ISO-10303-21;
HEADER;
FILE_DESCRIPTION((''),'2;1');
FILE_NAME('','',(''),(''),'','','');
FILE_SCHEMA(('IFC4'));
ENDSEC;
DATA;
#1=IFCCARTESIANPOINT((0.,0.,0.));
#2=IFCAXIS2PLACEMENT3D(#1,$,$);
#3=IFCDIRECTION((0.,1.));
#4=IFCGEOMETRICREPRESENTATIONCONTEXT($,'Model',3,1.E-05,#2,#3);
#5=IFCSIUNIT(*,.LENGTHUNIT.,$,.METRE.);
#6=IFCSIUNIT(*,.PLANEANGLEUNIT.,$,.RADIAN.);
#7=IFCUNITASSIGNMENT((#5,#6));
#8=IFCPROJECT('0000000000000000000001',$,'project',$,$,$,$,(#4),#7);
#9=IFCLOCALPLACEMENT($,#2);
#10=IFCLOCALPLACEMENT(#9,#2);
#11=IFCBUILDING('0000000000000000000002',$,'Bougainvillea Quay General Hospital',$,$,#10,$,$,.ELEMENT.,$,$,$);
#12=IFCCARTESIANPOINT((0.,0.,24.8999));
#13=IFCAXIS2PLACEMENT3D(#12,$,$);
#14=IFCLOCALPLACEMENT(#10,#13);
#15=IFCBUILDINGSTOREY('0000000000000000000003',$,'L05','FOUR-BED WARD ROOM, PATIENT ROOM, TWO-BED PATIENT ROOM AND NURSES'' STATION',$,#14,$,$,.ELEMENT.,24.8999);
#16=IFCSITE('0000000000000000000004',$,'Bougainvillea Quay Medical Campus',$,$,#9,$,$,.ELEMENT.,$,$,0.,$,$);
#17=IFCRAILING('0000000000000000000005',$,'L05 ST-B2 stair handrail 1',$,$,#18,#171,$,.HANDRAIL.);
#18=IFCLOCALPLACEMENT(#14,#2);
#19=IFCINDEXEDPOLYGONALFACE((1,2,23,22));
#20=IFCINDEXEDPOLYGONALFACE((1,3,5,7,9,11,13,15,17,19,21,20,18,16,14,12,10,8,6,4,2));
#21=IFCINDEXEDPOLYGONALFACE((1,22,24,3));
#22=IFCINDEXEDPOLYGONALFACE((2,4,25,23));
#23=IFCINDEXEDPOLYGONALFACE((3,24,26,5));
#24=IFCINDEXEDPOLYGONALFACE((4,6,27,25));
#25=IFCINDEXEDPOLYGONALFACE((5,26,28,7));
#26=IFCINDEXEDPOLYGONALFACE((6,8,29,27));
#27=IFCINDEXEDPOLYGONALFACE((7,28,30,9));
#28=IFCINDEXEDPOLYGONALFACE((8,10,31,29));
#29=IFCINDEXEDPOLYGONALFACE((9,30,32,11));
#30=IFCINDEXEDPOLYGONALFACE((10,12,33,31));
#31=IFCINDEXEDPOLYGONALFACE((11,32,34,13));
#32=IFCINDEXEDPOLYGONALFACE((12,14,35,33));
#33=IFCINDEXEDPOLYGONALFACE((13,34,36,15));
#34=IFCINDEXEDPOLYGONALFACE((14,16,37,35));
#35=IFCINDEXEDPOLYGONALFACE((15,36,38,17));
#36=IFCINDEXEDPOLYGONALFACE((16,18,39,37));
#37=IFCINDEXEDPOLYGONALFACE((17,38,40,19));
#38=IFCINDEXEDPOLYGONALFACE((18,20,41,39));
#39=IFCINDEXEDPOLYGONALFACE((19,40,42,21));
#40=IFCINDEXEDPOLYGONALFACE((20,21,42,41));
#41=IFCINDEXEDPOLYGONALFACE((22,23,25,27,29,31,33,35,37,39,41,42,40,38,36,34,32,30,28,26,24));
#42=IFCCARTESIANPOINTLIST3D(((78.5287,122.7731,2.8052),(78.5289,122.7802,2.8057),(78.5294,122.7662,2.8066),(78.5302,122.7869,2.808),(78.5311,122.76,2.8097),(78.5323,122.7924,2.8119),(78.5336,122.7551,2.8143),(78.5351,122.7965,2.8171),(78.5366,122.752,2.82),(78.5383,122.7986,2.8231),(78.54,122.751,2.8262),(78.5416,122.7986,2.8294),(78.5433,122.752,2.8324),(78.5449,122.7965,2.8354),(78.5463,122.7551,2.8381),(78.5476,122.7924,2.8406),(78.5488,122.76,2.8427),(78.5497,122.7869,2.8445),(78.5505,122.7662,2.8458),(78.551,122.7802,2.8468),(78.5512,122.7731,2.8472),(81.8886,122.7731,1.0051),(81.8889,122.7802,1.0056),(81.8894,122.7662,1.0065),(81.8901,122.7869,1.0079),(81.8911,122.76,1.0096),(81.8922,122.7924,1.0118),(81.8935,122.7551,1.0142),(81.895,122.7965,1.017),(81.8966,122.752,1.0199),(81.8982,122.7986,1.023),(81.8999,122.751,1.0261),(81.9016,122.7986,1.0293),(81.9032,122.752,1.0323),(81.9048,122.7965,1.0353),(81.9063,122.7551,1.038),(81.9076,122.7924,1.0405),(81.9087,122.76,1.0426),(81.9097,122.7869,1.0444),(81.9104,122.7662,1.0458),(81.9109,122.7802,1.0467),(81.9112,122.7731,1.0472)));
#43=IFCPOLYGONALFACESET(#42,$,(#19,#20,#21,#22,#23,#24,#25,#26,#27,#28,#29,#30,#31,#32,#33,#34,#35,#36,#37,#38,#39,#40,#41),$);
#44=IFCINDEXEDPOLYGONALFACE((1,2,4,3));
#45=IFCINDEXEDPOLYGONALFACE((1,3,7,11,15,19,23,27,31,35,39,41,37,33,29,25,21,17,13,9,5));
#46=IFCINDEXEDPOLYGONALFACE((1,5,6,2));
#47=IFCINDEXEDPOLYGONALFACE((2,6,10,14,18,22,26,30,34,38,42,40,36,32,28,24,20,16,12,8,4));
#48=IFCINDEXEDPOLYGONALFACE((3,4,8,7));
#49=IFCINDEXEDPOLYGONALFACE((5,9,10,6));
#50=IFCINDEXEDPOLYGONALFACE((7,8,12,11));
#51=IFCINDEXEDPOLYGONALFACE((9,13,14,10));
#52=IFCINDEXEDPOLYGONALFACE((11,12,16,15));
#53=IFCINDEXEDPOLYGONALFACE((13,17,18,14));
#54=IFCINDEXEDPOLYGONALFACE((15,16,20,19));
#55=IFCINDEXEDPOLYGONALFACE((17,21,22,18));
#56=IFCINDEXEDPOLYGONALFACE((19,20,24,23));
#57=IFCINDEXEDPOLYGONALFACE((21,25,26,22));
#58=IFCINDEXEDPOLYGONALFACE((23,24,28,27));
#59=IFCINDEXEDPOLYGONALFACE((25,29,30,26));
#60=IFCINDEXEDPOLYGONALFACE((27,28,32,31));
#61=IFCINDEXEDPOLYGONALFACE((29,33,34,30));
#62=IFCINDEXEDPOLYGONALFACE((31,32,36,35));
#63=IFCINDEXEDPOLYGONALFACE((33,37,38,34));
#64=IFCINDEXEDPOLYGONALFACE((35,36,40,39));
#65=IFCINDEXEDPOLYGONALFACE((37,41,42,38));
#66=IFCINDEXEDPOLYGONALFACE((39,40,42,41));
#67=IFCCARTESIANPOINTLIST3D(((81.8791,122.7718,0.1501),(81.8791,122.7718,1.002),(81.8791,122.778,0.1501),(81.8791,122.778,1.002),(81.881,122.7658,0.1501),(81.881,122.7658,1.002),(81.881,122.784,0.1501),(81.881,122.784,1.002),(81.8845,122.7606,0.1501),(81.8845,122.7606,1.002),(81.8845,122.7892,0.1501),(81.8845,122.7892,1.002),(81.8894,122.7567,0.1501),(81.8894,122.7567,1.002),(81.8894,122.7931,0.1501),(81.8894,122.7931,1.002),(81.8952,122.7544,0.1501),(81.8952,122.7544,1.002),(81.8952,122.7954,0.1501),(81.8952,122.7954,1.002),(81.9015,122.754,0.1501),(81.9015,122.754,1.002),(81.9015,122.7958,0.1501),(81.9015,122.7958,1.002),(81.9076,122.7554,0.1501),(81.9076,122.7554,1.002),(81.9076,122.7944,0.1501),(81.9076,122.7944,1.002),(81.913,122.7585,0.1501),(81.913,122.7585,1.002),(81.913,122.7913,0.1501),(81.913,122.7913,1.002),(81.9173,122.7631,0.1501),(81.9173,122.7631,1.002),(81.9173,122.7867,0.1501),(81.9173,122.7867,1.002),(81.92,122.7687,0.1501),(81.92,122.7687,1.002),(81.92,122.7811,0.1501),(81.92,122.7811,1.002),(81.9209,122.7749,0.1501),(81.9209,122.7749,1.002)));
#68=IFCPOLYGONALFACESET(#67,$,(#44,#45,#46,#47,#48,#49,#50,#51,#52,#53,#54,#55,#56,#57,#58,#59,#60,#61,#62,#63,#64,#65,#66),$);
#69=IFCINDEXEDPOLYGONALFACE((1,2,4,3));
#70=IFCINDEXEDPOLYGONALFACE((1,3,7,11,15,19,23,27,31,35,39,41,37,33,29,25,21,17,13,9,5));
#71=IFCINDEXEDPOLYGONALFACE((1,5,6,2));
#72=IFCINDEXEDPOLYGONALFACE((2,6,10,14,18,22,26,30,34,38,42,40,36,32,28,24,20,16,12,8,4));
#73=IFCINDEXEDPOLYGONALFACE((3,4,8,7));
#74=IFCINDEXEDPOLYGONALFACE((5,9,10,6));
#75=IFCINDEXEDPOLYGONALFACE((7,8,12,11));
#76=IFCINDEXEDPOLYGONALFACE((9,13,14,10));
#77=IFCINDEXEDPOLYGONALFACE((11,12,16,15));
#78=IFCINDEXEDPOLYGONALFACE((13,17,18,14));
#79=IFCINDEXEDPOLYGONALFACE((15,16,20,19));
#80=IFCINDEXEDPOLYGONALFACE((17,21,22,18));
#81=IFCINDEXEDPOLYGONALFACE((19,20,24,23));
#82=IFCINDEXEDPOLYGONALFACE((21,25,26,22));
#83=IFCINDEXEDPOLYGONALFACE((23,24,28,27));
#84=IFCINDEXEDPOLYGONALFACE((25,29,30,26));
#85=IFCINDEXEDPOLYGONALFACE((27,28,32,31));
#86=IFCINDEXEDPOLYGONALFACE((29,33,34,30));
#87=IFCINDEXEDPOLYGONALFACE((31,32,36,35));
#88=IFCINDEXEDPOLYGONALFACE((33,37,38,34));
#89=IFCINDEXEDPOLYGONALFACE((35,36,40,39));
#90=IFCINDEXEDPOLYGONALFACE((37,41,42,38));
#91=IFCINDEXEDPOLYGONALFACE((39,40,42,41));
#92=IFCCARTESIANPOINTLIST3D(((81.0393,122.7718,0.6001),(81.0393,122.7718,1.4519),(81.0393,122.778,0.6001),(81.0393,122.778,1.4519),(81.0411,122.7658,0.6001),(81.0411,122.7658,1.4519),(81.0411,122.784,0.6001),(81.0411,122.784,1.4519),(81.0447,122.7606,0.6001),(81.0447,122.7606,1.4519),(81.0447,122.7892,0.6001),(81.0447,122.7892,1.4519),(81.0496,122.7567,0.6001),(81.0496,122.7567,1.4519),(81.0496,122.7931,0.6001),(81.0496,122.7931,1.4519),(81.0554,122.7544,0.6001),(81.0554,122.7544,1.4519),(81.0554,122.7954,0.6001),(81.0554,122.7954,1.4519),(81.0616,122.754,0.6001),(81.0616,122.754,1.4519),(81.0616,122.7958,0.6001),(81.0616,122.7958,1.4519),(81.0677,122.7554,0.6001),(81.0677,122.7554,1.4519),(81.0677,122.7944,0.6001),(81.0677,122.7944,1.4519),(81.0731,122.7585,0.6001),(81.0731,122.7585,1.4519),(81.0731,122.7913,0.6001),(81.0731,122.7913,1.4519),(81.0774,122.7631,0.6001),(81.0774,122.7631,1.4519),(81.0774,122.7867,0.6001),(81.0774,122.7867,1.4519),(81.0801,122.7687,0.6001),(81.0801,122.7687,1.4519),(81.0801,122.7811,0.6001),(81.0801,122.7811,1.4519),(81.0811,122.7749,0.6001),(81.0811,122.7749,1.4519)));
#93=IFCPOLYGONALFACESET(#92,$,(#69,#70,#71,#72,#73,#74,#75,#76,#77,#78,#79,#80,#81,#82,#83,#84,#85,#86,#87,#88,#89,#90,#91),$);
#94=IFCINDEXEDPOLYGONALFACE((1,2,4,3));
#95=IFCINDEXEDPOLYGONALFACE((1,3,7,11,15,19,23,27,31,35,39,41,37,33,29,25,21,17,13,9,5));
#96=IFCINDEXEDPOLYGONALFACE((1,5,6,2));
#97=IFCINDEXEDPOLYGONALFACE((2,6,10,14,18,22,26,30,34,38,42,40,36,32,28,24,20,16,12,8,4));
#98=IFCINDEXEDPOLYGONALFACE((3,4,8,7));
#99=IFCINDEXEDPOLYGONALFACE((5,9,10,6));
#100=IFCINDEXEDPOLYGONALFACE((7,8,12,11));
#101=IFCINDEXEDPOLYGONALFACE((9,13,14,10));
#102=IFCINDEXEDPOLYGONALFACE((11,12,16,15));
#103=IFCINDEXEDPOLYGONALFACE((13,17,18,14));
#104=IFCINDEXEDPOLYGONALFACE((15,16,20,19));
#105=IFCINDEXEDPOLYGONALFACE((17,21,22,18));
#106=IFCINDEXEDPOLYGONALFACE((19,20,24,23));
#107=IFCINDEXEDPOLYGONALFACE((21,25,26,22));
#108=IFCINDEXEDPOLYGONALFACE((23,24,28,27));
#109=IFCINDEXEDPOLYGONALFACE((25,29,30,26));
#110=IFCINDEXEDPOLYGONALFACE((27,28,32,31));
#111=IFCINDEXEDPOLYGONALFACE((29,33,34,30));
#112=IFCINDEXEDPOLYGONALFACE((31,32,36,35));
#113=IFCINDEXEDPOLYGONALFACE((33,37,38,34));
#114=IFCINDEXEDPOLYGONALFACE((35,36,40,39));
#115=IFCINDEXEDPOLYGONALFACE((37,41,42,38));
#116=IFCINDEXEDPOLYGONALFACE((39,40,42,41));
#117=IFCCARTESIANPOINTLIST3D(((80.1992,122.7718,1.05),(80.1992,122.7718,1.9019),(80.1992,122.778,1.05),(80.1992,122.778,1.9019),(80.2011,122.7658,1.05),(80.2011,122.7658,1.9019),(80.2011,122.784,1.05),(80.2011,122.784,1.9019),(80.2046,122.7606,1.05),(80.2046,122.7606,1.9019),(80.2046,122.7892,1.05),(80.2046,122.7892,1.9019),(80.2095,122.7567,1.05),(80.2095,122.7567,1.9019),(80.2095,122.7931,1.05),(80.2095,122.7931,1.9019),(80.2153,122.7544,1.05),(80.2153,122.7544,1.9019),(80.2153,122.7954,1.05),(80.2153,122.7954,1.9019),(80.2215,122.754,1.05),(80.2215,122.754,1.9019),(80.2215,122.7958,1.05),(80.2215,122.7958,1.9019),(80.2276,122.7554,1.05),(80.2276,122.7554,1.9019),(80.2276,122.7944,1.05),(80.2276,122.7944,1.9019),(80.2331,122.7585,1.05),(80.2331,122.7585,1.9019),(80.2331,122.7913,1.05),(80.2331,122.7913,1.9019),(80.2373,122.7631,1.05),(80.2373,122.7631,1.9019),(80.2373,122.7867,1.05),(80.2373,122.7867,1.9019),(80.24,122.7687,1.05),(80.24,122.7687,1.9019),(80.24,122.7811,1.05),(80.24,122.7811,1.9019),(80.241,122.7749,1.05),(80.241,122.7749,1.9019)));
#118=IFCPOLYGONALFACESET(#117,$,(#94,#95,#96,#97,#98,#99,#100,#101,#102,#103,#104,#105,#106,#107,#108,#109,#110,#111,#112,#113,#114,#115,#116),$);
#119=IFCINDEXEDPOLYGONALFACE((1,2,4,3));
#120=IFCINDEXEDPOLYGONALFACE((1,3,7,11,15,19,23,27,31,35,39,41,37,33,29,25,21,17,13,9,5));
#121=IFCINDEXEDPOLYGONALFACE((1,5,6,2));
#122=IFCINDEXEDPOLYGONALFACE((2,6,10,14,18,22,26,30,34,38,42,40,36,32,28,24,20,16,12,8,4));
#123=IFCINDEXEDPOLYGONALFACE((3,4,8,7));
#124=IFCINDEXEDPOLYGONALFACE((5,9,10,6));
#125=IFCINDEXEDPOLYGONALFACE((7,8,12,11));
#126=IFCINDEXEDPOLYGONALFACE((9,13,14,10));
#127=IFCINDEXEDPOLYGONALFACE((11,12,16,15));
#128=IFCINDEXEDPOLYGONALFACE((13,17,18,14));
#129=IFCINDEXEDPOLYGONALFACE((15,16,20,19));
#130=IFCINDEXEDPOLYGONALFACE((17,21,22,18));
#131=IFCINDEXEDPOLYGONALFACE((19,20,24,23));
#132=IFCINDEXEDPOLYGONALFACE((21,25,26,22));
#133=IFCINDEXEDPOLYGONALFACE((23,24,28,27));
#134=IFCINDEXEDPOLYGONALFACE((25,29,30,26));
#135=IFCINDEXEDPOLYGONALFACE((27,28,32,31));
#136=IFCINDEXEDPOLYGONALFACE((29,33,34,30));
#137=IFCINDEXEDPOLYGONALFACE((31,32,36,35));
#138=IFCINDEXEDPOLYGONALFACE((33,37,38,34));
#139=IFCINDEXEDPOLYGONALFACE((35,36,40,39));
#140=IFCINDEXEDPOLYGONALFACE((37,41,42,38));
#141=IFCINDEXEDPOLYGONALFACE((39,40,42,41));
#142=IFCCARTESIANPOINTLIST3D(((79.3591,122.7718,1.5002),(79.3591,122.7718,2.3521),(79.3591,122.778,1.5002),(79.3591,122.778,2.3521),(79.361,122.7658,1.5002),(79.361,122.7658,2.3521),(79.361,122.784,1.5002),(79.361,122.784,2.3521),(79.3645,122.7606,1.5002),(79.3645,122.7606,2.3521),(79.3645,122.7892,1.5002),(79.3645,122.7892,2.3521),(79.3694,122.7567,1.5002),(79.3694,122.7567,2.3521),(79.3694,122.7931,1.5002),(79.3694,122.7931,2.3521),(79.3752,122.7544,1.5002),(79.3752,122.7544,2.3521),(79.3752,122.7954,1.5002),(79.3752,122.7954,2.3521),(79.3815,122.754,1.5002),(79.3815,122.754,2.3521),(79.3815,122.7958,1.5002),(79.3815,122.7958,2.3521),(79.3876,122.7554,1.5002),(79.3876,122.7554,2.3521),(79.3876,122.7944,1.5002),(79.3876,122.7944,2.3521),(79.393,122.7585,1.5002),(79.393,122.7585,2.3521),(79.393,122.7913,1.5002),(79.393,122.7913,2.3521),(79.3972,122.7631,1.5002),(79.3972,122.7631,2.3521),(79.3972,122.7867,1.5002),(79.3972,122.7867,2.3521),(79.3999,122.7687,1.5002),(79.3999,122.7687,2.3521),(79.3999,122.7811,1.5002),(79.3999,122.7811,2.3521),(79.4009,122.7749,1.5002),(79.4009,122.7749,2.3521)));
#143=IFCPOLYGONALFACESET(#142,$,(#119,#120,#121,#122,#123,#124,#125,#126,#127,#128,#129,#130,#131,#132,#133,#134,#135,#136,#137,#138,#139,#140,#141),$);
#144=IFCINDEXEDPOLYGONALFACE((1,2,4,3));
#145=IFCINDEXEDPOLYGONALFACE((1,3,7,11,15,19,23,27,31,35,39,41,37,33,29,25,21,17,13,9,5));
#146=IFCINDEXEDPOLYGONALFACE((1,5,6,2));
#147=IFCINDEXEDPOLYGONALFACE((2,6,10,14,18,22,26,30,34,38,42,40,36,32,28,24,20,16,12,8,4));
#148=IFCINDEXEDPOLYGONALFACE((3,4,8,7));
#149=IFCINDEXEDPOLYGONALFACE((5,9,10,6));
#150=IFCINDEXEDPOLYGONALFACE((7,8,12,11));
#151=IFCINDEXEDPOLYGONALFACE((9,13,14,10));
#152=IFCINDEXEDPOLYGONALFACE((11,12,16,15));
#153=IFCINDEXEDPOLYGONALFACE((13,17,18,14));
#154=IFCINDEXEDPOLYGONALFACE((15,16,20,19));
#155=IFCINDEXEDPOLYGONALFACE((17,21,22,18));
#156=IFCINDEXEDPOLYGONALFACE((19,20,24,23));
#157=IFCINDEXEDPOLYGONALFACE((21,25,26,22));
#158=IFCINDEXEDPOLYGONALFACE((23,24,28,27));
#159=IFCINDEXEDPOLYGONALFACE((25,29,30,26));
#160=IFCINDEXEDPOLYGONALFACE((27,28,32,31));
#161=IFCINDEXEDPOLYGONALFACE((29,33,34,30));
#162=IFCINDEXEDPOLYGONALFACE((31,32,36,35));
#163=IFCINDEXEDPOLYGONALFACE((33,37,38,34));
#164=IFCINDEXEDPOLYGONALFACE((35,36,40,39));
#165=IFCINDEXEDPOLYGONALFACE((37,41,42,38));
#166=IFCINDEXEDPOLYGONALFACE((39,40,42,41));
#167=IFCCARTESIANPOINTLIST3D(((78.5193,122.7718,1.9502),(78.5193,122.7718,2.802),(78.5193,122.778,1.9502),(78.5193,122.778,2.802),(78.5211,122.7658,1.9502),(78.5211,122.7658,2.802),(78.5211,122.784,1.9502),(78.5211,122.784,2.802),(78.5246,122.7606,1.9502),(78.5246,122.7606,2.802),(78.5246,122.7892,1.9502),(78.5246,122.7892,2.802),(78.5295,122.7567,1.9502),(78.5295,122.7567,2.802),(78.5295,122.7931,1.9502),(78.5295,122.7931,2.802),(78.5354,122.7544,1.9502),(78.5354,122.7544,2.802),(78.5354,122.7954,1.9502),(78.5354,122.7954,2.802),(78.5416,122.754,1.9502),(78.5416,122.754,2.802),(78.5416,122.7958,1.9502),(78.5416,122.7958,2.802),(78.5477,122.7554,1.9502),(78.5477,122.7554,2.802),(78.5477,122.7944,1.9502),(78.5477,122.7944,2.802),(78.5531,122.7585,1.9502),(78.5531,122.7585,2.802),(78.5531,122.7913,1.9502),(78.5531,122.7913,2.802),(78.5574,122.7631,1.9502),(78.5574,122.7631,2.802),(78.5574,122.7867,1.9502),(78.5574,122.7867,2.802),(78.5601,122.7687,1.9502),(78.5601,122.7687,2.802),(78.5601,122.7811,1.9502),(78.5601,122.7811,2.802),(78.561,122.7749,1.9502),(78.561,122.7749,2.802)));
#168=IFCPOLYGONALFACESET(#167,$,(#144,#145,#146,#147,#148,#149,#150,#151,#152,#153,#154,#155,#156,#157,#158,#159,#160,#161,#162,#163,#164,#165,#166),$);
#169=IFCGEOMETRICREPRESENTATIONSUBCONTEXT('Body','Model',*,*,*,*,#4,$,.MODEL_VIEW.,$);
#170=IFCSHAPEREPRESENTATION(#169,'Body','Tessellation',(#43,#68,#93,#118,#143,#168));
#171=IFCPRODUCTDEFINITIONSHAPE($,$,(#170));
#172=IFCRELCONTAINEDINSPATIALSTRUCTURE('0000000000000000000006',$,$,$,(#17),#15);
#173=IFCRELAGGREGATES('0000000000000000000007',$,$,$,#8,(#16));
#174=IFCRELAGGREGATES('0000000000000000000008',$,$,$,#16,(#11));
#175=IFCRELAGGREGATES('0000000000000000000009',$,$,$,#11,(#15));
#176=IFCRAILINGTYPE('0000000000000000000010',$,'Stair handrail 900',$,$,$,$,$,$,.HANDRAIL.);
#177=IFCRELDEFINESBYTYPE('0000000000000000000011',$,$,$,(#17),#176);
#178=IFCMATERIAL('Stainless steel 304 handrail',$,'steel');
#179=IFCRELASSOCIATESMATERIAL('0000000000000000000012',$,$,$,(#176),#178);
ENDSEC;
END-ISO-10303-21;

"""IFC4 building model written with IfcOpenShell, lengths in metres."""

from ifc_helpers import new_model, si_unit, direction, frame, origin, origin_2d, place, context, subcontext, project, spatial, circle, extrude, material, type_object, element, save


model = new_model("IFC4")

# Units and contexts
model_context = context("Model", 3, precision=1e-05, world=origin(), true_north=direction((0.0, 1.0)))
body_context = subcontext(model_context, "Body", "Model", "MODEL_VIEW")
ifc_project = project(units=[si_unit("LENGTHUNIT", "METRE"), si_unit("PLANEANGLEUNIT", "RADIAN")], contexts=[model_context])

# Site, building, storey
site_placement = place(None, origin())
site = spatial("IfcSite", under=ifc_project, at=site_placement, Name="Bougainvillea Quay Medical Campus", CompositionType="ELEMENT", RefElevation=0.0)
building_placement = place(site_placement, origin())
building = spatial("IfcBuilding", under=site, at=building_placement, Name="Bougainvillea Quay General Hospital", CompositionType="ELEMENT")
storey_placement = place(building_placement, frame((0.0, 0.0, 24.8999)))
storey = spatial("IfcBuildingStorey", under=building, at=storey_placement, Name="L05", Description="FOUR-BED WARD ROOM, PATIENT ROOM, TWO-BED PATIENT ROOM AND NURSES' STATION", CompositionType="ELEMENT", Elevation=24.8999)

# Railing
ifc_material_1 = material(Name="Stainless steel 304 handrail", Category="steel")
railing_type_1 = type_object("IfcRailingType", Name="Stair handrail 900", PredefinedType="HANDRAIL", material=ifc_material_1)
railing_1_placement = place(storey_placement, frame((81.8999, 122.7749, 0.1501)))
element("IfcRailing", 1, at=railing_1_placement, inside=storey, type_object=railing_type_1, Name="L05 ST-B2 stair handrail 1", PredefinedType="HANDRAIL", context=body_context, shape_type="SweptSolid", body=[
    extrude(circle(Radius=0.0239, at=origin_2d()), frame((0.0, 0.0, 0.876), z_axis=(-0.881467, 0.0, 0.472246), x_axis=(0.0, -1.0, 0.0)), (0.0, 0.0, 1.0), 3.8118),
    extrude(circle(Radius=0.021, at=origin_2d()), origin(), (0.0, 0.0, 1.0), 0.8518),
    extrude(circle(Radius=0.021, at=origin_2d()), frame((-0.8398, 0.0, 0.45)), (0.0, 0.0, 1.0), 0.8518),
    extrude(circle(Radius=0.021, at=origin_2d()), frame((-1.6799, 0.0, 0.8999)), (0.0, 0.0, 1.0), 0.8518),
    extrude(circle(Radius=0.021, at=origin_2d()), frame((-2.52, 0.0, 1.3501)), (0.0, 0.0, 1.0), 0.8518),
    extrude(circle(Radius=0.021, at=origin_2d()), frame((-3.3599, 0.0, 1.8)), (0.0, 0.0, 1.0), 0.8518),
])

save(model, "model.ifc")
